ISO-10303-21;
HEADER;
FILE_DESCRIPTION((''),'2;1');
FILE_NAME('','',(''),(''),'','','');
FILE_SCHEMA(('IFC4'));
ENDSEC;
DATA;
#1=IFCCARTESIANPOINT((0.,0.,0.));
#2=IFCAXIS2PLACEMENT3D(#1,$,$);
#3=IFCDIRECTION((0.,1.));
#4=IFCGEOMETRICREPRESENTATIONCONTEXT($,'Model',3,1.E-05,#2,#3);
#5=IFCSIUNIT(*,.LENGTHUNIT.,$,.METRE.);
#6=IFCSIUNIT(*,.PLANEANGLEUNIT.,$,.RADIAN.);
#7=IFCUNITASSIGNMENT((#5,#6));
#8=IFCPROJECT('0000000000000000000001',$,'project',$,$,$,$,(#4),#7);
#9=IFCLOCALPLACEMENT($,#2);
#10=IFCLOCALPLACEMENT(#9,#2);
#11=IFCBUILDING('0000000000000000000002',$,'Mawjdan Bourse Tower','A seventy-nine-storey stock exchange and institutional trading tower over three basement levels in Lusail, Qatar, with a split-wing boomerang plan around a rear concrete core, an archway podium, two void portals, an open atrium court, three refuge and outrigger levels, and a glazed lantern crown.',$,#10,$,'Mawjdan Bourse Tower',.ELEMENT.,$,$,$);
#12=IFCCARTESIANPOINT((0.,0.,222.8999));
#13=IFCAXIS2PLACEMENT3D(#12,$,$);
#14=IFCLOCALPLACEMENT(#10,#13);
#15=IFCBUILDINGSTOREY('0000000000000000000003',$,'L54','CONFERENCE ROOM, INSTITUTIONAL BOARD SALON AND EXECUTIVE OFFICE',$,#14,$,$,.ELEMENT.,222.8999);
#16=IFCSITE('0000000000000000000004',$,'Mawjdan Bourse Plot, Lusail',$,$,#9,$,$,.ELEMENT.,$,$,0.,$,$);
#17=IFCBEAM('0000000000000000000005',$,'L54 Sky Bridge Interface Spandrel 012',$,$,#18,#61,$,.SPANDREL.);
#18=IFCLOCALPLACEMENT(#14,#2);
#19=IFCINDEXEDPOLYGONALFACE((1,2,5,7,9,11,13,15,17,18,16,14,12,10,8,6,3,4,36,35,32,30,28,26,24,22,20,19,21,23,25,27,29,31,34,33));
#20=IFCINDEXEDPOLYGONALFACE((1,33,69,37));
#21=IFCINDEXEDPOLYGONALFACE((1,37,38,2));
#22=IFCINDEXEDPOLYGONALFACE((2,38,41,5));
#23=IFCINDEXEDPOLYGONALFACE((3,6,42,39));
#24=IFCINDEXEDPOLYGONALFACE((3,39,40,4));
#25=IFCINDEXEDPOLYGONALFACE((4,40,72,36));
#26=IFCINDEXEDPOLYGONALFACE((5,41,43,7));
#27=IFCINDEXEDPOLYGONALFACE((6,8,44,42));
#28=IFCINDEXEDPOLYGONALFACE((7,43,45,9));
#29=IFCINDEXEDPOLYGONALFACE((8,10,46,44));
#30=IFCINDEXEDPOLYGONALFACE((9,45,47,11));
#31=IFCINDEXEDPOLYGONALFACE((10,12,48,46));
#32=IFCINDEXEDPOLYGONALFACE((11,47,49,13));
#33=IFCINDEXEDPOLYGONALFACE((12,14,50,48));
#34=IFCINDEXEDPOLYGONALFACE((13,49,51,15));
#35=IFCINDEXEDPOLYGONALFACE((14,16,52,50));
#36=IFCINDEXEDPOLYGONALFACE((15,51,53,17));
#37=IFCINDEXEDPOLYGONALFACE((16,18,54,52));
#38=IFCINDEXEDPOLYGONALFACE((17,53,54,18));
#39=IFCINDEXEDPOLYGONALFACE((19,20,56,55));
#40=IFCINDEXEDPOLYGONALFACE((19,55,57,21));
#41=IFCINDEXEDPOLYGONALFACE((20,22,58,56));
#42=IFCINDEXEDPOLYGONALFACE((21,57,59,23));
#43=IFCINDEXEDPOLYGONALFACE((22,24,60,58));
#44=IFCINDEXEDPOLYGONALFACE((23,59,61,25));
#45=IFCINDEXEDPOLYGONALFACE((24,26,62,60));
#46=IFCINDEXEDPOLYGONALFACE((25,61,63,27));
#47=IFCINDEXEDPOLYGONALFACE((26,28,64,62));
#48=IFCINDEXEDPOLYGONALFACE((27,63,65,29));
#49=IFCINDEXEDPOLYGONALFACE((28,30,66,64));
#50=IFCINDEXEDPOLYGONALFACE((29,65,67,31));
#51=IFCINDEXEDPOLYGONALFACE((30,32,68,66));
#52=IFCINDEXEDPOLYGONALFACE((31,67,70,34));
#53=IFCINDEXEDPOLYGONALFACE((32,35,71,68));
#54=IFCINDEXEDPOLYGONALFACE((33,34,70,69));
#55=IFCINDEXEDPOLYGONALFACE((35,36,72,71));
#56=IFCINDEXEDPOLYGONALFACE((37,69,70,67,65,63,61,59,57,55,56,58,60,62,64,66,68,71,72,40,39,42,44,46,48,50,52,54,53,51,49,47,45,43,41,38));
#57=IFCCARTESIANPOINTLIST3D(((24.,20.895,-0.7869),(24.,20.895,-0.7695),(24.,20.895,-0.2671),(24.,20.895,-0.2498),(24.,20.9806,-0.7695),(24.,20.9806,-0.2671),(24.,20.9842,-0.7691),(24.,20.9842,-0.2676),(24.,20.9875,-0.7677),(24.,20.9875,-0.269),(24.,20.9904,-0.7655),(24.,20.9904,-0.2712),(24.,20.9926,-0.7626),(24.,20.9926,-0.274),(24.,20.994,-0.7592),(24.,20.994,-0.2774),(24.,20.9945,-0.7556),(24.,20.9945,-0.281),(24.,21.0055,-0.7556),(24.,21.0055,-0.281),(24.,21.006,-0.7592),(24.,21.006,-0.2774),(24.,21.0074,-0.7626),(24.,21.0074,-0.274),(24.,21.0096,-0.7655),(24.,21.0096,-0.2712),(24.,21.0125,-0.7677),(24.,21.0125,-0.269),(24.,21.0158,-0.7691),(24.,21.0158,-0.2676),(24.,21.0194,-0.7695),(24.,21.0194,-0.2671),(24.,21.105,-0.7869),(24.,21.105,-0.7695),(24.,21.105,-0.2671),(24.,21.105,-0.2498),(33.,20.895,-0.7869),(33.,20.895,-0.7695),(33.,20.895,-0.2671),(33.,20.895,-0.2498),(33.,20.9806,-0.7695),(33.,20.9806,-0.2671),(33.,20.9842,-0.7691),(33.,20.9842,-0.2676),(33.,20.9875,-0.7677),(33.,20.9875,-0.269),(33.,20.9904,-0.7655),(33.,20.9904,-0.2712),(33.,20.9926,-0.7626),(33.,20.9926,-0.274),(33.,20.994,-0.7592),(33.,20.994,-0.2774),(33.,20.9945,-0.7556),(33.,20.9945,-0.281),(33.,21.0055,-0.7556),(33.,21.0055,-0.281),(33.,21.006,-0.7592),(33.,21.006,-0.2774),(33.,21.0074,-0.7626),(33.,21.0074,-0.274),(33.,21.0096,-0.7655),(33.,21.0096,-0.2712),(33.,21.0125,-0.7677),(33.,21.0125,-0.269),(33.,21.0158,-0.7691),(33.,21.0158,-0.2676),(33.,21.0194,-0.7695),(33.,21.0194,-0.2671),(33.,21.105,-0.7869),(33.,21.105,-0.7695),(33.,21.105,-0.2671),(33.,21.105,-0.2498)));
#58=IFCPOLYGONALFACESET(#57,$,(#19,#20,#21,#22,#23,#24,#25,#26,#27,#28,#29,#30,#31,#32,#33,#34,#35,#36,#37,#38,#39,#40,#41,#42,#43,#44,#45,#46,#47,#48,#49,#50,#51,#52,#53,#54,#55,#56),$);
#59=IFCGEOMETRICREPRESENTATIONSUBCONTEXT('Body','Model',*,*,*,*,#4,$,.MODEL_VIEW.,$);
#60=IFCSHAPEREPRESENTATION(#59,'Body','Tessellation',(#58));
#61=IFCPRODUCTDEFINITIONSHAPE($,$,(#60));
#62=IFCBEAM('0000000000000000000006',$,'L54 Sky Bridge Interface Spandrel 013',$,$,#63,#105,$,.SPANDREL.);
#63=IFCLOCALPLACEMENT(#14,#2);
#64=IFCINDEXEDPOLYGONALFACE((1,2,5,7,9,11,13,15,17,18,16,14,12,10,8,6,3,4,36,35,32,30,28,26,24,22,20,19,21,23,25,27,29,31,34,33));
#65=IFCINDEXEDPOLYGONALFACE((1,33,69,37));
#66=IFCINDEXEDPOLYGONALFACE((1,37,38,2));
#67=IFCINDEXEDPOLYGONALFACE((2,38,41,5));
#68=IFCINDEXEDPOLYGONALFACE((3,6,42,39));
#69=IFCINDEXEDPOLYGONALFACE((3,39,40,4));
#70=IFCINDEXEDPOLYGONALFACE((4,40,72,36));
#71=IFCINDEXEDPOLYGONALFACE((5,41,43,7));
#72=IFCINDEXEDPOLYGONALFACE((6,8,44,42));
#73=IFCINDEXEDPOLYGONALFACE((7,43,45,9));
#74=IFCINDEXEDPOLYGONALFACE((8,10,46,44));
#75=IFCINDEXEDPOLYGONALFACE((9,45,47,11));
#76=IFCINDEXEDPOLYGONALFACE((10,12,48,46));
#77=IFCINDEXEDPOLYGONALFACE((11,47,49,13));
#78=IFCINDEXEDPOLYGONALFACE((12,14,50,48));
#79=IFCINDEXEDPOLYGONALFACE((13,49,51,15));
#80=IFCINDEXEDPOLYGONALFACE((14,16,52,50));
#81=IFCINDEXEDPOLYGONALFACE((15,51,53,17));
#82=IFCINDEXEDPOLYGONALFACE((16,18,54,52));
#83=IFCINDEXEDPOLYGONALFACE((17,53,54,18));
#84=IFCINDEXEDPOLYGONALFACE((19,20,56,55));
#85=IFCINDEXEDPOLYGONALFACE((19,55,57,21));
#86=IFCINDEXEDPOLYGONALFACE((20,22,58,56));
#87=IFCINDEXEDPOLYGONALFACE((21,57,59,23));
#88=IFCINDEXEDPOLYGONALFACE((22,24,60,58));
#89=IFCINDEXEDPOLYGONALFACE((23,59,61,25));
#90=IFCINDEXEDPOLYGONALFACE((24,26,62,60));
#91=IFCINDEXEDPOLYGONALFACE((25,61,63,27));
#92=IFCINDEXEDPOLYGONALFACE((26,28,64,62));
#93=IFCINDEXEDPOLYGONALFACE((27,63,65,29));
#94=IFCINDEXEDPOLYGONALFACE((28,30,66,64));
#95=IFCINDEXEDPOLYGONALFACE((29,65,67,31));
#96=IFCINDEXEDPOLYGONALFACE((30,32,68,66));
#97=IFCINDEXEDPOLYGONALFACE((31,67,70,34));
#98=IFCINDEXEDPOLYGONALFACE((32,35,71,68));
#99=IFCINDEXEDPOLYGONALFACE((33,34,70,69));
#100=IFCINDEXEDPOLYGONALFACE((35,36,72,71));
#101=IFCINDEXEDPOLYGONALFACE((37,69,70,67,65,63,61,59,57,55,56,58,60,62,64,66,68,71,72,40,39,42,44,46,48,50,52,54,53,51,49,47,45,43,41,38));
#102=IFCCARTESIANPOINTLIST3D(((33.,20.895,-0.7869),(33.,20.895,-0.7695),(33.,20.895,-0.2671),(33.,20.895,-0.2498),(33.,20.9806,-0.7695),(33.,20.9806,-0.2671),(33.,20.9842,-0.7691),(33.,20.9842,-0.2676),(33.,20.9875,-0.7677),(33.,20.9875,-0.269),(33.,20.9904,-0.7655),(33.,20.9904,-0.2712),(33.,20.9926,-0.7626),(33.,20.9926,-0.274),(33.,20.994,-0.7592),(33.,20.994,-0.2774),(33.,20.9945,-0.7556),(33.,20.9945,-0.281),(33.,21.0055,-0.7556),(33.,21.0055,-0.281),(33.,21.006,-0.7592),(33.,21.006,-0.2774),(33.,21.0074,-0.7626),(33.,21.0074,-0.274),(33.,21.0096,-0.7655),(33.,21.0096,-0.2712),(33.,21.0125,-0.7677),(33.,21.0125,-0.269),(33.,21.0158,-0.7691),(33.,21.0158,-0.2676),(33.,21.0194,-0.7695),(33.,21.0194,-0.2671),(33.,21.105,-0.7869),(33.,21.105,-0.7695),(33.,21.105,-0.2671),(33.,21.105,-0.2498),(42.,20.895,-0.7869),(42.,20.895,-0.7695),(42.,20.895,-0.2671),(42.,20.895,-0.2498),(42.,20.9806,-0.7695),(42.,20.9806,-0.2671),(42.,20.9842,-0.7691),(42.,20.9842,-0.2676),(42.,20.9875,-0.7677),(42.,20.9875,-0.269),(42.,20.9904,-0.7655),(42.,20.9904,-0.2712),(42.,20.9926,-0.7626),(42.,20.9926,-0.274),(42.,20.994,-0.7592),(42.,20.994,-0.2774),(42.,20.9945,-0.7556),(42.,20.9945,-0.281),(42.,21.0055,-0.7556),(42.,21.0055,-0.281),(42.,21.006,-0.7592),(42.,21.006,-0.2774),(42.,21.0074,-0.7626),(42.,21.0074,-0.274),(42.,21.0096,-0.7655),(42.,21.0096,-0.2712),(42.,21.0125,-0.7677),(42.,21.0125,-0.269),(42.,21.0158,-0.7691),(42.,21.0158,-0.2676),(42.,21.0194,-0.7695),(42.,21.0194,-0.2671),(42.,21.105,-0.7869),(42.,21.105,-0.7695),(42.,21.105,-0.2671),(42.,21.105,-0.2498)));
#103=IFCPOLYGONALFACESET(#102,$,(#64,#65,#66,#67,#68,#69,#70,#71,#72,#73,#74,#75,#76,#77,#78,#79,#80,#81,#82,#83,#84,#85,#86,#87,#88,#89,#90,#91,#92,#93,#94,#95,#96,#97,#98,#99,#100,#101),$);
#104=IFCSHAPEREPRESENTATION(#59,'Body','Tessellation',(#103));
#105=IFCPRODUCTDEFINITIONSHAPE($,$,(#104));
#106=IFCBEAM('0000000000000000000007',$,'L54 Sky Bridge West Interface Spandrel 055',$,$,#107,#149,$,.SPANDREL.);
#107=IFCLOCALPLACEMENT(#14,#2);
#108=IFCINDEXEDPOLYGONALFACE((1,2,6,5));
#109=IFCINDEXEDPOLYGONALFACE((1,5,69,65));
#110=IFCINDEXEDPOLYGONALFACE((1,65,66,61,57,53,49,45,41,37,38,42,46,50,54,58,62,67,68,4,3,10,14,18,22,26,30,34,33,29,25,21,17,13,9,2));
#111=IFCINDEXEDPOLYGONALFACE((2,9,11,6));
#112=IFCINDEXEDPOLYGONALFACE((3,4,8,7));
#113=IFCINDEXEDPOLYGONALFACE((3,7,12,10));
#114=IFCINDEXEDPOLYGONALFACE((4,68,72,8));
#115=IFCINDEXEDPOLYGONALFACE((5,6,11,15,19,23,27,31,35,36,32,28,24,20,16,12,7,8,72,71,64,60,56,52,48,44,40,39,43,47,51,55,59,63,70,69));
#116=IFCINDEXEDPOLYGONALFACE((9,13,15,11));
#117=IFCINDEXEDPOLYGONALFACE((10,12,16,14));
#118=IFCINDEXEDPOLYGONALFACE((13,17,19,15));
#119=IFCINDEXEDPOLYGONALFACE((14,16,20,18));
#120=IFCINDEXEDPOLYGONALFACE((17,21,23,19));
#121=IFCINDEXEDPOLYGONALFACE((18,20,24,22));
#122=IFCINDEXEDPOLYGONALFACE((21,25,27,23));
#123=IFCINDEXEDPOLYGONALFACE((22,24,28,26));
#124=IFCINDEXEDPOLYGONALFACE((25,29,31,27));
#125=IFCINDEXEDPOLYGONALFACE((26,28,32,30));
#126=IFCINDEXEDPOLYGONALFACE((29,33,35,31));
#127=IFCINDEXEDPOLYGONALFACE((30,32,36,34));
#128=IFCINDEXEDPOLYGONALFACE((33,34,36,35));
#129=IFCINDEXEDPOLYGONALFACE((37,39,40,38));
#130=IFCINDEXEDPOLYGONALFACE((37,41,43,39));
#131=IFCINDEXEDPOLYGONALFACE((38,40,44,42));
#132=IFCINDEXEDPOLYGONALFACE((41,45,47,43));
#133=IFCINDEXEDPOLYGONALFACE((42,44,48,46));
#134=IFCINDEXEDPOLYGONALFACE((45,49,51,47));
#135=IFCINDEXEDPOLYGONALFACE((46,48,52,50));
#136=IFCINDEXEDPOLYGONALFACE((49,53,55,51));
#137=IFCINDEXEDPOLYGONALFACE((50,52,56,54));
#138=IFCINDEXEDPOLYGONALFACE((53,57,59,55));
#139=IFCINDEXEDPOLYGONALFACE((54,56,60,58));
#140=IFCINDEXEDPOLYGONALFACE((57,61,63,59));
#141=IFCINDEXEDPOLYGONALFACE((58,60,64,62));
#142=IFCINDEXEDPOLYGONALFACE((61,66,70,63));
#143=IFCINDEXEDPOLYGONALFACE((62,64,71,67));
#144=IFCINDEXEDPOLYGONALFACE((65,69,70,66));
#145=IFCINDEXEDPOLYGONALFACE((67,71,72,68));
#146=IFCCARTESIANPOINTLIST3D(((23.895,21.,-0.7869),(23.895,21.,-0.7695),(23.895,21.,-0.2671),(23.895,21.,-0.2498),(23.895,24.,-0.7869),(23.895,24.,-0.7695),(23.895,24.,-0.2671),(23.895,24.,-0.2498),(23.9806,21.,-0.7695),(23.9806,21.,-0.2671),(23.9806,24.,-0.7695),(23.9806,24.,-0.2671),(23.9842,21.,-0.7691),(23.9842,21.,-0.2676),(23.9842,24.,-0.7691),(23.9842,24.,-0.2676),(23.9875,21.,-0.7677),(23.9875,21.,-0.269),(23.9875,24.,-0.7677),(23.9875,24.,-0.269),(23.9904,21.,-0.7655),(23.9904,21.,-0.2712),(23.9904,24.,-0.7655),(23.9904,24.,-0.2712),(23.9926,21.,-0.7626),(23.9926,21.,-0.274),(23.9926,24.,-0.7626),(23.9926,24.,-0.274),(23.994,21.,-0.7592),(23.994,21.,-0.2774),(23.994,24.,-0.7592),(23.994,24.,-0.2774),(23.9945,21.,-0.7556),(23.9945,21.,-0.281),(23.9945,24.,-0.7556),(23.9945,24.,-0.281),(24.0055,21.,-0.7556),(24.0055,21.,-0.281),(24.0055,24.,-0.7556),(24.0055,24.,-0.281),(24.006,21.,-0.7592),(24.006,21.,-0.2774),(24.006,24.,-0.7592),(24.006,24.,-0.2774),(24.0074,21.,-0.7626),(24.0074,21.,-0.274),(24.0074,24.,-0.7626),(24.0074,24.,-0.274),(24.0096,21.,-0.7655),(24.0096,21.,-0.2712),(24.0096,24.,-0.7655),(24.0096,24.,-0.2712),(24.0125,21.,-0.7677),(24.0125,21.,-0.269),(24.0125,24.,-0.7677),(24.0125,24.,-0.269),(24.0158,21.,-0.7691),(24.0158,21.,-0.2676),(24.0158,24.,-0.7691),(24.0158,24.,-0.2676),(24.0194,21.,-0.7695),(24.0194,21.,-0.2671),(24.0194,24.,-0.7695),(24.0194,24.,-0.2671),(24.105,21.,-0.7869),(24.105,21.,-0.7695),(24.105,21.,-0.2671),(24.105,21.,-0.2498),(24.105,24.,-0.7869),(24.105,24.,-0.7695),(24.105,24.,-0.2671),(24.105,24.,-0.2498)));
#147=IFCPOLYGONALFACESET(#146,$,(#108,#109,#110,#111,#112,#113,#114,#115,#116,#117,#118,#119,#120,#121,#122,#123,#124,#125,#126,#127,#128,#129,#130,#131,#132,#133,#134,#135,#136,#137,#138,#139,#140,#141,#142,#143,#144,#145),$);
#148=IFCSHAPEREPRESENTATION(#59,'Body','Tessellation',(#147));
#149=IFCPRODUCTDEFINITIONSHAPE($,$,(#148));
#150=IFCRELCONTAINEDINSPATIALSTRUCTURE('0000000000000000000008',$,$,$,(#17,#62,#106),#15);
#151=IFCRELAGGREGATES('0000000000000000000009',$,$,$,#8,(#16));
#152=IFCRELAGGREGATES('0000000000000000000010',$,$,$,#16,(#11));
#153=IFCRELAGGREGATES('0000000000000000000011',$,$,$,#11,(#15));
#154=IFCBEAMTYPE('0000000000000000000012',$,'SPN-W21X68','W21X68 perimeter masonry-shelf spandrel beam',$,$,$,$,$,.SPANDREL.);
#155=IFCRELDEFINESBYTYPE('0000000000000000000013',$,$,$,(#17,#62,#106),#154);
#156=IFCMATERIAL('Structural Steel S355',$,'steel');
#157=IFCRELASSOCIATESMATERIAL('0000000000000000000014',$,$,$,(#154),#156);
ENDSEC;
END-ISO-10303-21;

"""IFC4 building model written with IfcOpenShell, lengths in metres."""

from ifc_helpers import new_model, si_unit, direction, frame, origin, origin_2d, place, context, subcontext, project, spatial, i_section, extrude, material, material_profile, profile_set, type_object, element, save


model = new_model("IFC4")

# Units and contexts
model_context = context("Model", 3, precision=1e-05, world=origin(), true_north=direction((0.0, 1.0)))
body_context = subcontext(model_context, "Body", "Model", "MODEL_VIEW")
ifc_project = project(units=[si_unit("LENGTHUNIT", "METRE"), si_unit("PLANEANGLEUNIT", "RADIAN")], contexts=[model_context])

# Site, building, storey
site_placement = place(None, origin())
site = spatial("IfcSite", under=ifc_project, at=site_placement, Name="Mawjdan Bourse Plot, Lusail", CompositionType="ELEMENT", RefElevation=0.0)
building_placement = place(site_placement, origin())
building = spatial("IfcBuilding", under=site, at=building_placement, Name="Mawjdan Bourse Tower", Description="A seventy-nine-storey stock exchange and institutional trading tower over three basement levels in Lusail, Qatar, with a split-wing boomerang plan around a rear concrete core, an archway podium, two void portals, an open atrium court, three refuge and outrigger levels, and a glazed lantern crown.", LongName="Mawjdan Bourse Tower", CompositionType="ELEMENT")
storey_placement = place(building_placement, frame((0.0, 0.0, 222.8999)))
storey = spatial("IfcBuildingStorey", under=building, at=storey_placement, Name="L54", Description="CONFERENCE ROOM, INSTITUTIONAL BOARD SALON AND EXECUTIVE OFFICE", CompositionType="ELEMENT", Elevation=222.8999)

# Beams
ifc_material_1 = material(Name="Structural Steel S355", Category="steel")
ifc_material_profile_1 = material_profile(ifc_material_1, i_section(OverallWidth=0.21, OverallDepth=0.5371, WebThickness=0.011, FlangeThickness=0.0173, FilletRadius=0.0139, at=origin_2d()), Name="W21X68")
ifc_profile_set_1 = profile_set([ifc_material_profile_1], Name="Structural Steel S355")
beam_type_1 = type_object("IfcBeamType", Name="SPN-W21X68", Description="W21X68 perimeter masonry-shelf spandrel beam", PredefinedType="SPANDREL", material=ifc_profile_set_1)
for number, where, z_axis, x_axis, name in (
    (1, (24.0, 21.0, -0.5183), (1.0, 0.0, 0.0), (0.0, 1.0, 0.0), "L54 Sky Bridge Interface Spandrel 012"),
    (2, (33.0, 21.0, -0.5183), (1.0, 0.0, 0.0), (0.0, 1.0, 0.0), "L54 Sky Bridge Interface Spandrel 013"),
):
    element("IfcBeam", number, at=place(storey_placement, frame(where, z_axis=z_axis, x_axis=x_axis)), inside=storey, type_object=beam_type_1, Name=name, PredefinedType="SPANDREL", context=body_context, shape_type="SweptSolid", body=[
        extrude(i_section(OverallWidth=0.21, OverallDepth=0.5371, WebThickness=0.011, FlangeThickness=0.0173, FilletRadius=0.0139, at=origin_2d()), origin(), (0.0, 0.0, 1.0), 9.0),
    ])
beam_1_placement = place(storey_placement, frame((24.0, 21.0, -0.5183), z_axis=(0.0, 1.0, 0.0), x_axis=(-1.0, 0.0, 0.0)))
element("IfcBeam", 3, at=beam_1_placement, inside=storey, type_object=beam_type_1, Name="L54 Sky Bridge West Interface Spandrel 055", PredefinedType="SPANDREL", context=body_context, shape_type="SweptSolid", body=[
    extrude(i_section(OverallWidth=0.21, OverallDepth=0.5371, WebThickness=0.011, FlangeThickness=0.0173, FilletRadius=0.0139, at=origin_2d()), origin(), (0.0, 0.0, 1.0), 3.0),
])

save(model, "model.ifc")
